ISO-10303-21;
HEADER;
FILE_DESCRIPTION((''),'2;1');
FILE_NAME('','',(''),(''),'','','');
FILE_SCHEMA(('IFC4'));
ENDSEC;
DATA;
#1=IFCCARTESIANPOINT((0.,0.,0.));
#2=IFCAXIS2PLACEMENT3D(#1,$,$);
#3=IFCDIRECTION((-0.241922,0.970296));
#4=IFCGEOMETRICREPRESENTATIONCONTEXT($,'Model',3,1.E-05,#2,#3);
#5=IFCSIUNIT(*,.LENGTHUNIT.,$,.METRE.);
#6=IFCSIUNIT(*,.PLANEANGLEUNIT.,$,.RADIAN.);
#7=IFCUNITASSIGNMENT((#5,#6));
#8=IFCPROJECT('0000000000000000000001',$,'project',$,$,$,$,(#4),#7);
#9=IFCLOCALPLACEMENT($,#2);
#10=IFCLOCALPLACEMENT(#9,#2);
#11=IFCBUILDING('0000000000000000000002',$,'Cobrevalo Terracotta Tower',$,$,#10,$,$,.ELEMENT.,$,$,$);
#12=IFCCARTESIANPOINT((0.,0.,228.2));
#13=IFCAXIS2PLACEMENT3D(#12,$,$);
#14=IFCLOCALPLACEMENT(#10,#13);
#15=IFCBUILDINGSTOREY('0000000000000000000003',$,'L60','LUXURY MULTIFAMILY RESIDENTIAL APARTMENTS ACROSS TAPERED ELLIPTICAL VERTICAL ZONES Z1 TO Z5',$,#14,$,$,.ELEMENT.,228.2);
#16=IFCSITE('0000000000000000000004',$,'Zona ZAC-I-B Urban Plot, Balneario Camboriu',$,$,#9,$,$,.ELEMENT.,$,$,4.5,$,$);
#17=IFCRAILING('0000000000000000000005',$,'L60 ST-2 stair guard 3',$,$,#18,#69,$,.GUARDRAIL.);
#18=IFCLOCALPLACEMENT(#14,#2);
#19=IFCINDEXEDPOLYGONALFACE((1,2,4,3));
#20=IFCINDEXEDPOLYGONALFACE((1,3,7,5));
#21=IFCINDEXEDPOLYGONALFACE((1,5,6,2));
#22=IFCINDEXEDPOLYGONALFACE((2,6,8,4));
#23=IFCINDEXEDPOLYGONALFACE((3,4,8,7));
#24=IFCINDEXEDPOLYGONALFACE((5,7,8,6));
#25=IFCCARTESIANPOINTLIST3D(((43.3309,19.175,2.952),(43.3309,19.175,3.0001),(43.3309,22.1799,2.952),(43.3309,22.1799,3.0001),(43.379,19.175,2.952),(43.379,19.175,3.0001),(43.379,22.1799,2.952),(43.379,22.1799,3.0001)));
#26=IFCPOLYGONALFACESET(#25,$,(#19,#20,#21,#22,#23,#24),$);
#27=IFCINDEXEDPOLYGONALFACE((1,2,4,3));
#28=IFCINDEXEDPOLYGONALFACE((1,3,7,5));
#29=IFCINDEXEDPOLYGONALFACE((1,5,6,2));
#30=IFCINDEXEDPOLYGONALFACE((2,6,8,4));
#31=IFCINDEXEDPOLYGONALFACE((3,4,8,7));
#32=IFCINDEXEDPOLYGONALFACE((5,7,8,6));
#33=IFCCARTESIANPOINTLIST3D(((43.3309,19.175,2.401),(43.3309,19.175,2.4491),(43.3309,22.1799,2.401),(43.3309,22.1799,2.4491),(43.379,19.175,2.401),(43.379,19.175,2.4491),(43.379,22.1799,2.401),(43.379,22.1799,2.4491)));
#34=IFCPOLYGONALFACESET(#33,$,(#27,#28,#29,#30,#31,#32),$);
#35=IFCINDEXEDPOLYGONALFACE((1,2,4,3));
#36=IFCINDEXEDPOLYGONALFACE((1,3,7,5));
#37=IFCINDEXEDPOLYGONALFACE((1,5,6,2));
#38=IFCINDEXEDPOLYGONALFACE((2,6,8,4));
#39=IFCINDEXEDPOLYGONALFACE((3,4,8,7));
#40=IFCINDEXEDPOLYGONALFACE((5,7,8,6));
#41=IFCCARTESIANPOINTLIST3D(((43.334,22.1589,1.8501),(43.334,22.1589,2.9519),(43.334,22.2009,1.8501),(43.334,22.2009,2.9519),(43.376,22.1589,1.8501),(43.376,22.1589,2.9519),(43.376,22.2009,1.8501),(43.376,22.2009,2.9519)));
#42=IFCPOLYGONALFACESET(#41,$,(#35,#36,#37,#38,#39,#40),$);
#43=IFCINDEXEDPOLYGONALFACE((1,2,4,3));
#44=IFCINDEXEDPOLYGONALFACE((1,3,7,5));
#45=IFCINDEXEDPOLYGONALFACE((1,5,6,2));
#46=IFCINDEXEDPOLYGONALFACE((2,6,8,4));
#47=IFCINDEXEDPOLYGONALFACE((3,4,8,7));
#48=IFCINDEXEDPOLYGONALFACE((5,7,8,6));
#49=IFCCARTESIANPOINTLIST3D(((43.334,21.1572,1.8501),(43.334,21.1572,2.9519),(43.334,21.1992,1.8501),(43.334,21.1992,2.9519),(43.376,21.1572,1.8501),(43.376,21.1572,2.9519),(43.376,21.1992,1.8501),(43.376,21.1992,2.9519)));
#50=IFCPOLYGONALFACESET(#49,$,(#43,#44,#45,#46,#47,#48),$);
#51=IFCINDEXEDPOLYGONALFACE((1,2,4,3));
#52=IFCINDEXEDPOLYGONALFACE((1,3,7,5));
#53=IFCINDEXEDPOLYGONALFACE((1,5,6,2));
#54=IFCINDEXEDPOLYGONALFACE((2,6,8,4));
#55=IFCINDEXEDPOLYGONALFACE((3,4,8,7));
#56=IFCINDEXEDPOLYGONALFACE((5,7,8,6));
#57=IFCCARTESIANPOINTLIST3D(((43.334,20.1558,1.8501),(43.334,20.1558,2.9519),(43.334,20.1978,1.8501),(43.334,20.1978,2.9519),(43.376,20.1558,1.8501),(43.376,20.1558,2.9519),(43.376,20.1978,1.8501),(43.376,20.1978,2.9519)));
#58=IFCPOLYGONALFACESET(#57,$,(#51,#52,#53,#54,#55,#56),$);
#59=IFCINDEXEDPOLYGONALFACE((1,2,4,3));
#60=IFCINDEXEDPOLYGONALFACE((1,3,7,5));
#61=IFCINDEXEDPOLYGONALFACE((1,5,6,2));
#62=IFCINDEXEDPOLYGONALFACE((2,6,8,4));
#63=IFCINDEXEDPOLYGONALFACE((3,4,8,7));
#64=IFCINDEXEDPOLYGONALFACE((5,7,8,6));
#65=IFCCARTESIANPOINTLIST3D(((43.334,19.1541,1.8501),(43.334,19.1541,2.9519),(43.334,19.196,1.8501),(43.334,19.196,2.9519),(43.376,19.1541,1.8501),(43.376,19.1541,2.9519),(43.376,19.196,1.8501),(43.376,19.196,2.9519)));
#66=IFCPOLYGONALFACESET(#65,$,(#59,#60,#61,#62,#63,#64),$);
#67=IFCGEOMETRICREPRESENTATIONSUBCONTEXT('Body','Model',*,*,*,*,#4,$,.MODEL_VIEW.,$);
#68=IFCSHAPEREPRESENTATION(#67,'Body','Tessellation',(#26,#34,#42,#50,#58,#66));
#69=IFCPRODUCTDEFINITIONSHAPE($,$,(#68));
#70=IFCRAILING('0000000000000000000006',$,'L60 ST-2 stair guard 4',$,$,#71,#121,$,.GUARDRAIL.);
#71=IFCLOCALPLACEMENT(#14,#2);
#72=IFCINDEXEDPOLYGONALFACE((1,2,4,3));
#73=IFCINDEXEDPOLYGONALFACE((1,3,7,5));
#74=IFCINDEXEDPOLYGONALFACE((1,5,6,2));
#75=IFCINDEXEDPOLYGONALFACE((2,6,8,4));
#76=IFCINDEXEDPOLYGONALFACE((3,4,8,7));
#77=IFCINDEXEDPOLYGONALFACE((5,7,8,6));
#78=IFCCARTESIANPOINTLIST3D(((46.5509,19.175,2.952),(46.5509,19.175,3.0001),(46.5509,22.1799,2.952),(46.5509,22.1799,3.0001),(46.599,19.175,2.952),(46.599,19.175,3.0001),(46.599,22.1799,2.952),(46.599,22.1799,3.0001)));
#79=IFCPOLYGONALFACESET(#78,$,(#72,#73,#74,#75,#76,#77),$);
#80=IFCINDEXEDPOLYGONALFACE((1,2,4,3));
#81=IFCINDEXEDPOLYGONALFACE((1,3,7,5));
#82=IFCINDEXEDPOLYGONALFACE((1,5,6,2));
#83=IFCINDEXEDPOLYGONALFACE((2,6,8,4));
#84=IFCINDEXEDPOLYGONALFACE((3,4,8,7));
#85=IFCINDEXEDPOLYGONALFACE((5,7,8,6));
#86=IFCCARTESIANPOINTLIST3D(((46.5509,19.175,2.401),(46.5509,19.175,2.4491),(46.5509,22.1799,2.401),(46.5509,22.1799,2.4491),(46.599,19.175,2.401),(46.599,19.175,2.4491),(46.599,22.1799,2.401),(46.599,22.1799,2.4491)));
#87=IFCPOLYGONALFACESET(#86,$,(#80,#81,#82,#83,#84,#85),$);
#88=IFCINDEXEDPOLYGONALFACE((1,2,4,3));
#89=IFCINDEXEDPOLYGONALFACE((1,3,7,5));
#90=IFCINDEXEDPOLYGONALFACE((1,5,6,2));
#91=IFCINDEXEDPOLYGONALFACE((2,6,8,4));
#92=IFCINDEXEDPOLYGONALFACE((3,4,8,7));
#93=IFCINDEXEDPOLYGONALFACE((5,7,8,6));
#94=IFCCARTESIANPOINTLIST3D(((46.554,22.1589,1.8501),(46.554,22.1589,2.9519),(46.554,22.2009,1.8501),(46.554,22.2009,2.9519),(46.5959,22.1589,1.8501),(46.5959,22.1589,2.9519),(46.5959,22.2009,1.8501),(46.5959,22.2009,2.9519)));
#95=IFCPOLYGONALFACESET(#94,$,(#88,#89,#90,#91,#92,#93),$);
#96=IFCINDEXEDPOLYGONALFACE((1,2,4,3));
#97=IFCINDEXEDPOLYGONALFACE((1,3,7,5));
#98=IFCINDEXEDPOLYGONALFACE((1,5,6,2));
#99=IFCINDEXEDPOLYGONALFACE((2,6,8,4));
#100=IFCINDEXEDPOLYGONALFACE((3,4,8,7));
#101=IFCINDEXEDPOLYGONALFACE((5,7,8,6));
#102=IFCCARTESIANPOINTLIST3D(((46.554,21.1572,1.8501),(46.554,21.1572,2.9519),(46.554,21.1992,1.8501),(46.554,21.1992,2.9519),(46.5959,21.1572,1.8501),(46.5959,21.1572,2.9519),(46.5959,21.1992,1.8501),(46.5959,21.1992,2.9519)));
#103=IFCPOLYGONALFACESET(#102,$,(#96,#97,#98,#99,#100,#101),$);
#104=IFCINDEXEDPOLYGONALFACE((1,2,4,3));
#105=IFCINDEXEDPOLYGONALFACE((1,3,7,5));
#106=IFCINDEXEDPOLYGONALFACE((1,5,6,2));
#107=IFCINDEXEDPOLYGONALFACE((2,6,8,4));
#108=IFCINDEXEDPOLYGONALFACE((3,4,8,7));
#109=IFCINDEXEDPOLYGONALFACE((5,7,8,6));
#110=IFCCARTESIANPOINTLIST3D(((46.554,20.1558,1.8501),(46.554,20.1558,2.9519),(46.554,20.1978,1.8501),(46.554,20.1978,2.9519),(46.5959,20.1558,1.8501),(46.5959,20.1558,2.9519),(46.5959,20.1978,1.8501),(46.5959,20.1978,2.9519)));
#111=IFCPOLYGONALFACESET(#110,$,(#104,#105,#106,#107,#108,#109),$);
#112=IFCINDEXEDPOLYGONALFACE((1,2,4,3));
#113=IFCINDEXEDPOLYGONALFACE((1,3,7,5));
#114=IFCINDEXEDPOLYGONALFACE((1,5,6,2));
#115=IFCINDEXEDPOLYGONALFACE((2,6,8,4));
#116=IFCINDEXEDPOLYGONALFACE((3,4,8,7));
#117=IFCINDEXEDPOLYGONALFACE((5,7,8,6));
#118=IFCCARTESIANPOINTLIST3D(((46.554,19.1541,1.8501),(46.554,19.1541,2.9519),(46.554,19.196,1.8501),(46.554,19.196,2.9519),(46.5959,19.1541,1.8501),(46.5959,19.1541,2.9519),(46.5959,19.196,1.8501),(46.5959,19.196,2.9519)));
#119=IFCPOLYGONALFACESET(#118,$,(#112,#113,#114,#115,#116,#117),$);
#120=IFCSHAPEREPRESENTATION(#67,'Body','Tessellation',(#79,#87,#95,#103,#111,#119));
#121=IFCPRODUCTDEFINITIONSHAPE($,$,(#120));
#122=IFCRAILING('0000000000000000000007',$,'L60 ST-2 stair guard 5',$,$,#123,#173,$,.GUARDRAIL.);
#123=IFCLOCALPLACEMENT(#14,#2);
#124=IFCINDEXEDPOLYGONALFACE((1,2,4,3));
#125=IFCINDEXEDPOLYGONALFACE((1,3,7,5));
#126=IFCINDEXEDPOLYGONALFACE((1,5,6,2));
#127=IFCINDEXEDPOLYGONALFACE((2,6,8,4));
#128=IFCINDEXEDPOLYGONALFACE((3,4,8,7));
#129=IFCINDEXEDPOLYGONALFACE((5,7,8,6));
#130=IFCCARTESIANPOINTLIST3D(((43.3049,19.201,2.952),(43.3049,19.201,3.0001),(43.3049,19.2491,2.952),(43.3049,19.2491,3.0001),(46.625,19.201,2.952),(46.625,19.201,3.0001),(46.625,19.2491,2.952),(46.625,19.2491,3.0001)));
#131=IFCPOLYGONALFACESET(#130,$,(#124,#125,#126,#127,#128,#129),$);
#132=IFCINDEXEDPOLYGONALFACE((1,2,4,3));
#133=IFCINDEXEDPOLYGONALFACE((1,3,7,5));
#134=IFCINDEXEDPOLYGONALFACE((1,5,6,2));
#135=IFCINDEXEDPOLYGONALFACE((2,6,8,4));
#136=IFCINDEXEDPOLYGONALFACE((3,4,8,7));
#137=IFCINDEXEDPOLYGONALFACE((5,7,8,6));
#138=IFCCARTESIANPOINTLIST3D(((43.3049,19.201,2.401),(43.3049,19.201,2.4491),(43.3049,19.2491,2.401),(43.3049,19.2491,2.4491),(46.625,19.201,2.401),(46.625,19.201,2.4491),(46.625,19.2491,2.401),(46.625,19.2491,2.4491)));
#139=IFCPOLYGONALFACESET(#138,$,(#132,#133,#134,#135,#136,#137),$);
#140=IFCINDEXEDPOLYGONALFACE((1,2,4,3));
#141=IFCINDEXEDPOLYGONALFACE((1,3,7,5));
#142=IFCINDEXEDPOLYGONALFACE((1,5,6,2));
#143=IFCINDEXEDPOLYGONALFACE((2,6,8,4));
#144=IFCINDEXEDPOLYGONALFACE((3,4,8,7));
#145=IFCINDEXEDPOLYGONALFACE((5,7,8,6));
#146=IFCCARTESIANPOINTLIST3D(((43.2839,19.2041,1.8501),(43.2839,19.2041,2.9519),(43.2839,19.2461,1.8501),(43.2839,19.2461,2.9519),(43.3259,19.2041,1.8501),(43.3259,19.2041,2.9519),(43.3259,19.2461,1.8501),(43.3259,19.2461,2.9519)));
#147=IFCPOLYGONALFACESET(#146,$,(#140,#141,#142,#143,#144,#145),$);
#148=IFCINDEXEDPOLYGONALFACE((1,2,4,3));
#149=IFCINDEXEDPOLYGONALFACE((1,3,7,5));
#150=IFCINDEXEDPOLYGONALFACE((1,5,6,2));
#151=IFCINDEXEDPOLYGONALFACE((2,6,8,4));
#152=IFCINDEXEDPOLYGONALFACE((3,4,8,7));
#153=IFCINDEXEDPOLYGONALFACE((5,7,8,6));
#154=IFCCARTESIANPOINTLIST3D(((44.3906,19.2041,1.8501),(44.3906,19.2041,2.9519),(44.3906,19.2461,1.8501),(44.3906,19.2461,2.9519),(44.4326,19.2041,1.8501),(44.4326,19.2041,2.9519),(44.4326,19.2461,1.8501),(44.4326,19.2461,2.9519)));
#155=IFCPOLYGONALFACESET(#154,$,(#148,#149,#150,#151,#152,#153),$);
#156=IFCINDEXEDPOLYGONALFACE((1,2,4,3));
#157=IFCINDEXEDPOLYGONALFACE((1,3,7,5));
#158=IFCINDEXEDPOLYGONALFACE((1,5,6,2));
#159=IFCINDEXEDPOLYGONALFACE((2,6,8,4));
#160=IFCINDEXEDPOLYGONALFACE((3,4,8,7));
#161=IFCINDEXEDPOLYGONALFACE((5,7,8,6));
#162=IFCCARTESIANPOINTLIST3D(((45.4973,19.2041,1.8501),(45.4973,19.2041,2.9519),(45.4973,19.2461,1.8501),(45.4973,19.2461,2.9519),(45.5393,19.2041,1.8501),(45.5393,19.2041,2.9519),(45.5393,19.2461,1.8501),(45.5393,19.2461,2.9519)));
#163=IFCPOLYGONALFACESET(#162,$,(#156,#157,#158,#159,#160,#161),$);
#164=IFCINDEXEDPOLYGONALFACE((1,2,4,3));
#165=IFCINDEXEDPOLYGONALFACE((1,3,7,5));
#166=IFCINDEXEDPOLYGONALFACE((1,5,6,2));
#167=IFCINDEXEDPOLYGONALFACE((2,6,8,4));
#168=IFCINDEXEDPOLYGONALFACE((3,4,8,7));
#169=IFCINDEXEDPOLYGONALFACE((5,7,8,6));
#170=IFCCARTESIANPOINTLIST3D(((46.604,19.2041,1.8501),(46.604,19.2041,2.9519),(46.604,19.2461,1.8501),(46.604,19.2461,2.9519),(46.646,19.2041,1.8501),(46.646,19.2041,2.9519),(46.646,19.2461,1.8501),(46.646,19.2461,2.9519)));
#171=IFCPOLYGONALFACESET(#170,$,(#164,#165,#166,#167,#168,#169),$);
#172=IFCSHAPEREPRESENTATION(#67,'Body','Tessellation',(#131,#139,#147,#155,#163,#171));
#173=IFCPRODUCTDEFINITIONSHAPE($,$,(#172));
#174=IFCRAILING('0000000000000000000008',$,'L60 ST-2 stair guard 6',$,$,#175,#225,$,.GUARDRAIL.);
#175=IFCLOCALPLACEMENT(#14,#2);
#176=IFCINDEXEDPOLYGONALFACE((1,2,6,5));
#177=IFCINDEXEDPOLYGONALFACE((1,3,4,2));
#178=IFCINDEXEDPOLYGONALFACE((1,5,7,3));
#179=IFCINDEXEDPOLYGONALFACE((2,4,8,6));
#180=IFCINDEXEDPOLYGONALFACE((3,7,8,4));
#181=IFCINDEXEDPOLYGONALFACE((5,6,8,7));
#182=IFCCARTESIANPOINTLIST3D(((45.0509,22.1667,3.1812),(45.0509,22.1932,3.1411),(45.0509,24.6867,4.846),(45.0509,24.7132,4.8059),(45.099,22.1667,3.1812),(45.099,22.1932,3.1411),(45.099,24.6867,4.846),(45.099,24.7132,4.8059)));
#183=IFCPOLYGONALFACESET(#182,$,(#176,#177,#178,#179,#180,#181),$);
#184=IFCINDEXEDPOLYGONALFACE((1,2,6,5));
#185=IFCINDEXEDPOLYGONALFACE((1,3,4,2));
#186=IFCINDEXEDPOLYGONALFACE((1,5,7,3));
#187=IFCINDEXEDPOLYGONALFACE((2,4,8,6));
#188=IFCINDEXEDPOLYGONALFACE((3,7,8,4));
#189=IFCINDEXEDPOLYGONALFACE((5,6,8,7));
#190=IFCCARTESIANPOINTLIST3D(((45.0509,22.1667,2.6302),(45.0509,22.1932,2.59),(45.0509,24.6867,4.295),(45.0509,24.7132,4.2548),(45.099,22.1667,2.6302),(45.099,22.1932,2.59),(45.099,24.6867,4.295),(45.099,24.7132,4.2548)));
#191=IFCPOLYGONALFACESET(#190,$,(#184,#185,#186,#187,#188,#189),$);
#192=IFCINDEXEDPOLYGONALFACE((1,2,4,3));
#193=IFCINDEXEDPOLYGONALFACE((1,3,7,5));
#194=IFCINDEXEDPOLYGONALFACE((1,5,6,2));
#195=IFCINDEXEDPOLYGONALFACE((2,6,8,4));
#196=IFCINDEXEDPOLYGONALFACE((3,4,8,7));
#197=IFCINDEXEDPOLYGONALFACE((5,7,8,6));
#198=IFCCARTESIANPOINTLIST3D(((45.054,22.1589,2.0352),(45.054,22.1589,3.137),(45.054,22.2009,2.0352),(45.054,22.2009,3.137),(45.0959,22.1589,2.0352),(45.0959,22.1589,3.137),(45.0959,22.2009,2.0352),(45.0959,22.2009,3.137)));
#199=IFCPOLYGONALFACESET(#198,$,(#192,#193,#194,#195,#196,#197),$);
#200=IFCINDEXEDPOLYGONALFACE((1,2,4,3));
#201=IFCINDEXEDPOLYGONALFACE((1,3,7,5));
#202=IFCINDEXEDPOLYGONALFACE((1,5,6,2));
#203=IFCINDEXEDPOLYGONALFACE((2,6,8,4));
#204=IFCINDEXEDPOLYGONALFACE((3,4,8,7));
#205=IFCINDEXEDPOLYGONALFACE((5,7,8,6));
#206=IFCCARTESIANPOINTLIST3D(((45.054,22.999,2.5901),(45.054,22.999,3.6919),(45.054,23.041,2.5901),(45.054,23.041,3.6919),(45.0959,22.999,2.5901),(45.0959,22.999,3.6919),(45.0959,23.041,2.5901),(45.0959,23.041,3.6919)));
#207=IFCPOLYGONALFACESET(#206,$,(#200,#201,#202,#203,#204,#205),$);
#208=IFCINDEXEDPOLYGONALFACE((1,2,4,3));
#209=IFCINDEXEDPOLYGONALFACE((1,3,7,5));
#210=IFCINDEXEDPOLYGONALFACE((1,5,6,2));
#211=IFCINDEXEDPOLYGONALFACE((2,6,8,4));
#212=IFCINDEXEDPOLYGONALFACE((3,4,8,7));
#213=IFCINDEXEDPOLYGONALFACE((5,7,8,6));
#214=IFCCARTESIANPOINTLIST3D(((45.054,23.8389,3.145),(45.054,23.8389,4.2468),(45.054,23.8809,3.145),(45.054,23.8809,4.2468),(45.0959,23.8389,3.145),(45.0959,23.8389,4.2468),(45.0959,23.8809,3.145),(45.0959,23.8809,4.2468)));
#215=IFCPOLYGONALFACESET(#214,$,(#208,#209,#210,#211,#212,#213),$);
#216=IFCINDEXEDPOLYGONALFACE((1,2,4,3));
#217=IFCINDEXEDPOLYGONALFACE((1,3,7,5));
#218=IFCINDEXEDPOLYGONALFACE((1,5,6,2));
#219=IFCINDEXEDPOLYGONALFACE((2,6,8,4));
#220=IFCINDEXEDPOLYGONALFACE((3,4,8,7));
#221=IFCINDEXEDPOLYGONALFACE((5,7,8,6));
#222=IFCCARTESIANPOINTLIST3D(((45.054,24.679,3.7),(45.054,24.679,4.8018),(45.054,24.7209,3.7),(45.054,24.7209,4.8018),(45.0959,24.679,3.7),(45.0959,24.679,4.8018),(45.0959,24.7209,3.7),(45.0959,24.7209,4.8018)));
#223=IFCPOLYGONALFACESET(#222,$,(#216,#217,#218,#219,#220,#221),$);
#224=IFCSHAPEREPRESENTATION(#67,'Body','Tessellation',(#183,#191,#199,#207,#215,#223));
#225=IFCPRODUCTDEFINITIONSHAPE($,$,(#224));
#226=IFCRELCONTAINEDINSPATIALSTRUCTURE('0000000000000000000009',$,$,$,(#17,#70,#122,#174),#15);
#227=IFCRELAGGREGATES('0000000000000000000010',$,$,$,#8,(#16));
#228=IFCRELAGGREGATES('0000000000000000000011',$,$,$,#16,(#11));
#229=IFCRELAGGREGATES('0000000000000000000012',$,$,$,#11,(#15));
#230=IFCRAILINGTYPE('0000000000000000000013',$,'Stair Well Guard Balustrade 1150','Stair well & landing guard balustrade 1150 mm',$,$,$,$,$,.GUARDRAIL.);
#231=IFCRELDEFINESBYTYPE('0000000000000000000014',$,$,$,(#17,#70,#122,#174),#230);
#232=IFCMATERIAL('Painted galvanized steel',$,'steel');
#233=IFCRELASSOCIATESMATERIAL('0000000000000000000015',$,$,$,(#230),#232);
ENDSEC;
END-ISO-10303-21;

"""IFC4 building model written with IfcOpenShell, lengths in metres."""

from ifc_helpers import new_model, si_unit, direction, frame, origin, origin_2d, place, context, subcontext, project, spatial, rectangle, extrude, material, type_object, element, save


model = new_model("IFC4")

# Units and contexts
model_context = context("Model", 3, precision=1e-05, world=origin(), true_north=direction((-0.241922, 0.970296)))
body_context = subcontext(model_context, "Body", "Model", "MODEL_VIEW")
ifc_project = project(units=[si_unit("LENGTHUNIT", "METRE"), si_unit("PLANEANGLEUNIT", "RADIAN")], contexts=[model_context])

# Site, building, storey
site_placement = place(None, origin())
site = spatial("IfcSite", under=ifc_project, at=site_placement, Name="Zona ZAC-I-B Urban Plot, Balneario Camboriu", CompositionType="ELEMENT", RefElevation=4.5)
building_placement = place(site_placement, origin())
building = spatial("IfcBuilding", under=site, at=building_placement, Name="Cobrevalo Terracotta Tower", CompositionType="ELEMENT")
storey_placement = place(building_placement, frame((0.0, 0.0, 228.2)))
storey = spatial("IfcBuildingStorey", under=building, at=storey_placement, Name="L60", Description="LUXURY MULTIFAMILY RESIDENTIAL APARTMENTS ACROSS TAPERED ELLIPTICAL VERTICAL ZONES Z1 TO Z5", CompositionType="ELEMENT", Elevation=228.2)

# Railings
ifc_material_1 = material(Name="Painted galvanized steel", Category="steel")
railing_type_1 = type_object("IfcRailingType", Name="Stair Well Guard Balustrade 1150", Description="Stair well & landing guard balustrade 1150 mm", PredefinedType="GUARDRAIL", material=ifc_material_1)
for number, where, name in (
    (1, (43.355, 22.1799, 1.8501), "L60 ST-2 stair guard 3"),
    (2, (46.575, 22.1799, 1.8501), "L60 ST-2 stair guard 4"),
):
    element("IfcRailing", number, at=place(storey_placement, frame(where)), inside=storey, type_object=railing_type_1, Name=name, PredefinedType="GUARDRAIL", context=body_context, shape_type="SweptSolid", body=[
        extrude(rectangle(XDim=0.0481, YDim=0.0481, at=origin_2d()), frame((0.0, 0.0, 1.126), z_axis=(0.0, -1.0, 0.0), x_axis=(1.0, 0.0, 0.0)), (0.0, 0.0, 1.0), 3.0049),
        extrude(rectangle(XDim=0.0481, YDim=0.0481, at=origin_2d()), frame((0.0, 0.0, 0.575), z_axis=(0.0, -1.0, 0.0), x_axis=(1.0, 0.0, 0.0)), (0.0, 0.0, 1.0), 3.0049),
        extrude(rectangle(XDim=0.042, YDim=0.042, at=origin_2d()), origin(), (0.0, 0.0, 1.0), 1.1018),
        extrude(rectangle(XDim=0.042, YDim=0.042, at=origin_2d()), frame((0.0, -1.0017, 0.0)), (0.0, 0.0, 1.0), 1.1018),
        extrude(rectangle(XDim=0.042, YDim=0.042, at=origin_2d()), frame((0.0, -2.0032, 0.0)), (0.0, 0.0, 1.0), 1.1018),
        extrude(rectangle(XDim=0.042, YDim=0.042, at=origin_2d()), frame((0.0, -3.0049, 0.0)), (0.0, 0.0, 1.0), 1.1018),
    ])
railing_1_placement = place(storey_placement, frame((43.3049, 19.2251, 1.8501)))
element("IfcRailing", 3, at=railing_1_placement, inside=storey, type_object=railing_type_1, Name="L60 ST-2 stair guard 5", PredefinedType="GUARDRAIL", context=body_context, shape_type="SweptSolid", body=[
    extrude(rectangle(XDim=0.0481, YDim=0.0481, at=origin_2d()), frame((0.0, 0.0, 1.126), z_axis=(1.0, 0.0, 0.0), x_axis=(0.0, 1.0, 0.0)), (0.0, 0.0, 1.0), 3.3201),
    extrude(rectangle(XDim=0.0481, YDim=0.0481, at=origin_2d()), frame((0.0, 0.0, 0.575), z_axis=(1.0, 0.0, 0.0), x_axis=(0.0, 1.0, 0.0)), (0.0, 0.0, 1.0), 3.3201),
    extrude(rectangle(XDim=0.042, YDim=0.042, at=origin_2d()), origin(), (0.0, 0.0, 1.0), 1.1018),
    extrude(rectangle(XDim=0.042, YDim=0.042, at=origin_2d()), frame((1.1067, 0.0, 0.0)), (0.0, 0.0, 1.0), 1.1018),
    extrude(rectangle(XDim=0.042, YDim=0.042, at=origin_2d()), frame((2.2134, 0.0, 0.0)), (0.0, 0.0, 1.0), 1.1018),
    extrude(rectangle(XDim=0.042, YDim=0.042, at=origin_2d()), frame((3.3201, 0.0, 0.0)), (0.0, 0.0, 1.0), 1.1018),
])
railing_2_placement = place(storey_placement, frame((45.075, 22.1799, 2.0352)))
element("IfcRailing", 4, at=railing_2_placement, inside=storey, type_object=railing_type_1, Name="L60 ST-2 stair guard 6", PredefinedType="GUARDRAIL", context=body_context, shape_type="SweptSolid", body=[
    extrude(rectangle(XDim=0.0481, YDim=0.0481, at=origin_2d()), frame((0.0, 0.0, 1.126), z_axis=(0.0, 0.834369, 0.551207), x_axis=(-1.0, 0.0, 0.0)), (0.0, 0.0, 1.0), 3.0203),
    extrude(rectangle(XDim=0.0481, YDim=0.0481, at=origin_2d()), frame((0.0, 0.0, 0.575), z_axis=(0.0, 0.834369, 0.551207), x_axis=(-1.0, 0.0, 0.0)), (0.0, 0.0, 1.0), 3.0203),
    extrude(rectangle(XDim=0.042, YDim=0.042, at=origin_2d()), origin(), (0.0, 0.0, 1.0), 1.1018),
    extrude(rectangle(XDim=0.042, YDim=0.042, at=origin_2d()), frame((0.0, 0.8401, 0.5549)), (0.0, 0.0, 1.0), 1.1018),
    extrude(rectangle(XDim=0.042, YDim=0.042, at=origin_2d()), frame((0.0, 1.6799, 1.1099)), (0.0, 0.0, 1.0), 1.1018),
    extrude(rectangle(XDim=0.042, YDim=0.042, at=origin_2d()), frame((0.0, 2.52, 1.6648)), (0.0, 0.0, 1.0), 1.1018),
])

save(model, "model.ifc")
